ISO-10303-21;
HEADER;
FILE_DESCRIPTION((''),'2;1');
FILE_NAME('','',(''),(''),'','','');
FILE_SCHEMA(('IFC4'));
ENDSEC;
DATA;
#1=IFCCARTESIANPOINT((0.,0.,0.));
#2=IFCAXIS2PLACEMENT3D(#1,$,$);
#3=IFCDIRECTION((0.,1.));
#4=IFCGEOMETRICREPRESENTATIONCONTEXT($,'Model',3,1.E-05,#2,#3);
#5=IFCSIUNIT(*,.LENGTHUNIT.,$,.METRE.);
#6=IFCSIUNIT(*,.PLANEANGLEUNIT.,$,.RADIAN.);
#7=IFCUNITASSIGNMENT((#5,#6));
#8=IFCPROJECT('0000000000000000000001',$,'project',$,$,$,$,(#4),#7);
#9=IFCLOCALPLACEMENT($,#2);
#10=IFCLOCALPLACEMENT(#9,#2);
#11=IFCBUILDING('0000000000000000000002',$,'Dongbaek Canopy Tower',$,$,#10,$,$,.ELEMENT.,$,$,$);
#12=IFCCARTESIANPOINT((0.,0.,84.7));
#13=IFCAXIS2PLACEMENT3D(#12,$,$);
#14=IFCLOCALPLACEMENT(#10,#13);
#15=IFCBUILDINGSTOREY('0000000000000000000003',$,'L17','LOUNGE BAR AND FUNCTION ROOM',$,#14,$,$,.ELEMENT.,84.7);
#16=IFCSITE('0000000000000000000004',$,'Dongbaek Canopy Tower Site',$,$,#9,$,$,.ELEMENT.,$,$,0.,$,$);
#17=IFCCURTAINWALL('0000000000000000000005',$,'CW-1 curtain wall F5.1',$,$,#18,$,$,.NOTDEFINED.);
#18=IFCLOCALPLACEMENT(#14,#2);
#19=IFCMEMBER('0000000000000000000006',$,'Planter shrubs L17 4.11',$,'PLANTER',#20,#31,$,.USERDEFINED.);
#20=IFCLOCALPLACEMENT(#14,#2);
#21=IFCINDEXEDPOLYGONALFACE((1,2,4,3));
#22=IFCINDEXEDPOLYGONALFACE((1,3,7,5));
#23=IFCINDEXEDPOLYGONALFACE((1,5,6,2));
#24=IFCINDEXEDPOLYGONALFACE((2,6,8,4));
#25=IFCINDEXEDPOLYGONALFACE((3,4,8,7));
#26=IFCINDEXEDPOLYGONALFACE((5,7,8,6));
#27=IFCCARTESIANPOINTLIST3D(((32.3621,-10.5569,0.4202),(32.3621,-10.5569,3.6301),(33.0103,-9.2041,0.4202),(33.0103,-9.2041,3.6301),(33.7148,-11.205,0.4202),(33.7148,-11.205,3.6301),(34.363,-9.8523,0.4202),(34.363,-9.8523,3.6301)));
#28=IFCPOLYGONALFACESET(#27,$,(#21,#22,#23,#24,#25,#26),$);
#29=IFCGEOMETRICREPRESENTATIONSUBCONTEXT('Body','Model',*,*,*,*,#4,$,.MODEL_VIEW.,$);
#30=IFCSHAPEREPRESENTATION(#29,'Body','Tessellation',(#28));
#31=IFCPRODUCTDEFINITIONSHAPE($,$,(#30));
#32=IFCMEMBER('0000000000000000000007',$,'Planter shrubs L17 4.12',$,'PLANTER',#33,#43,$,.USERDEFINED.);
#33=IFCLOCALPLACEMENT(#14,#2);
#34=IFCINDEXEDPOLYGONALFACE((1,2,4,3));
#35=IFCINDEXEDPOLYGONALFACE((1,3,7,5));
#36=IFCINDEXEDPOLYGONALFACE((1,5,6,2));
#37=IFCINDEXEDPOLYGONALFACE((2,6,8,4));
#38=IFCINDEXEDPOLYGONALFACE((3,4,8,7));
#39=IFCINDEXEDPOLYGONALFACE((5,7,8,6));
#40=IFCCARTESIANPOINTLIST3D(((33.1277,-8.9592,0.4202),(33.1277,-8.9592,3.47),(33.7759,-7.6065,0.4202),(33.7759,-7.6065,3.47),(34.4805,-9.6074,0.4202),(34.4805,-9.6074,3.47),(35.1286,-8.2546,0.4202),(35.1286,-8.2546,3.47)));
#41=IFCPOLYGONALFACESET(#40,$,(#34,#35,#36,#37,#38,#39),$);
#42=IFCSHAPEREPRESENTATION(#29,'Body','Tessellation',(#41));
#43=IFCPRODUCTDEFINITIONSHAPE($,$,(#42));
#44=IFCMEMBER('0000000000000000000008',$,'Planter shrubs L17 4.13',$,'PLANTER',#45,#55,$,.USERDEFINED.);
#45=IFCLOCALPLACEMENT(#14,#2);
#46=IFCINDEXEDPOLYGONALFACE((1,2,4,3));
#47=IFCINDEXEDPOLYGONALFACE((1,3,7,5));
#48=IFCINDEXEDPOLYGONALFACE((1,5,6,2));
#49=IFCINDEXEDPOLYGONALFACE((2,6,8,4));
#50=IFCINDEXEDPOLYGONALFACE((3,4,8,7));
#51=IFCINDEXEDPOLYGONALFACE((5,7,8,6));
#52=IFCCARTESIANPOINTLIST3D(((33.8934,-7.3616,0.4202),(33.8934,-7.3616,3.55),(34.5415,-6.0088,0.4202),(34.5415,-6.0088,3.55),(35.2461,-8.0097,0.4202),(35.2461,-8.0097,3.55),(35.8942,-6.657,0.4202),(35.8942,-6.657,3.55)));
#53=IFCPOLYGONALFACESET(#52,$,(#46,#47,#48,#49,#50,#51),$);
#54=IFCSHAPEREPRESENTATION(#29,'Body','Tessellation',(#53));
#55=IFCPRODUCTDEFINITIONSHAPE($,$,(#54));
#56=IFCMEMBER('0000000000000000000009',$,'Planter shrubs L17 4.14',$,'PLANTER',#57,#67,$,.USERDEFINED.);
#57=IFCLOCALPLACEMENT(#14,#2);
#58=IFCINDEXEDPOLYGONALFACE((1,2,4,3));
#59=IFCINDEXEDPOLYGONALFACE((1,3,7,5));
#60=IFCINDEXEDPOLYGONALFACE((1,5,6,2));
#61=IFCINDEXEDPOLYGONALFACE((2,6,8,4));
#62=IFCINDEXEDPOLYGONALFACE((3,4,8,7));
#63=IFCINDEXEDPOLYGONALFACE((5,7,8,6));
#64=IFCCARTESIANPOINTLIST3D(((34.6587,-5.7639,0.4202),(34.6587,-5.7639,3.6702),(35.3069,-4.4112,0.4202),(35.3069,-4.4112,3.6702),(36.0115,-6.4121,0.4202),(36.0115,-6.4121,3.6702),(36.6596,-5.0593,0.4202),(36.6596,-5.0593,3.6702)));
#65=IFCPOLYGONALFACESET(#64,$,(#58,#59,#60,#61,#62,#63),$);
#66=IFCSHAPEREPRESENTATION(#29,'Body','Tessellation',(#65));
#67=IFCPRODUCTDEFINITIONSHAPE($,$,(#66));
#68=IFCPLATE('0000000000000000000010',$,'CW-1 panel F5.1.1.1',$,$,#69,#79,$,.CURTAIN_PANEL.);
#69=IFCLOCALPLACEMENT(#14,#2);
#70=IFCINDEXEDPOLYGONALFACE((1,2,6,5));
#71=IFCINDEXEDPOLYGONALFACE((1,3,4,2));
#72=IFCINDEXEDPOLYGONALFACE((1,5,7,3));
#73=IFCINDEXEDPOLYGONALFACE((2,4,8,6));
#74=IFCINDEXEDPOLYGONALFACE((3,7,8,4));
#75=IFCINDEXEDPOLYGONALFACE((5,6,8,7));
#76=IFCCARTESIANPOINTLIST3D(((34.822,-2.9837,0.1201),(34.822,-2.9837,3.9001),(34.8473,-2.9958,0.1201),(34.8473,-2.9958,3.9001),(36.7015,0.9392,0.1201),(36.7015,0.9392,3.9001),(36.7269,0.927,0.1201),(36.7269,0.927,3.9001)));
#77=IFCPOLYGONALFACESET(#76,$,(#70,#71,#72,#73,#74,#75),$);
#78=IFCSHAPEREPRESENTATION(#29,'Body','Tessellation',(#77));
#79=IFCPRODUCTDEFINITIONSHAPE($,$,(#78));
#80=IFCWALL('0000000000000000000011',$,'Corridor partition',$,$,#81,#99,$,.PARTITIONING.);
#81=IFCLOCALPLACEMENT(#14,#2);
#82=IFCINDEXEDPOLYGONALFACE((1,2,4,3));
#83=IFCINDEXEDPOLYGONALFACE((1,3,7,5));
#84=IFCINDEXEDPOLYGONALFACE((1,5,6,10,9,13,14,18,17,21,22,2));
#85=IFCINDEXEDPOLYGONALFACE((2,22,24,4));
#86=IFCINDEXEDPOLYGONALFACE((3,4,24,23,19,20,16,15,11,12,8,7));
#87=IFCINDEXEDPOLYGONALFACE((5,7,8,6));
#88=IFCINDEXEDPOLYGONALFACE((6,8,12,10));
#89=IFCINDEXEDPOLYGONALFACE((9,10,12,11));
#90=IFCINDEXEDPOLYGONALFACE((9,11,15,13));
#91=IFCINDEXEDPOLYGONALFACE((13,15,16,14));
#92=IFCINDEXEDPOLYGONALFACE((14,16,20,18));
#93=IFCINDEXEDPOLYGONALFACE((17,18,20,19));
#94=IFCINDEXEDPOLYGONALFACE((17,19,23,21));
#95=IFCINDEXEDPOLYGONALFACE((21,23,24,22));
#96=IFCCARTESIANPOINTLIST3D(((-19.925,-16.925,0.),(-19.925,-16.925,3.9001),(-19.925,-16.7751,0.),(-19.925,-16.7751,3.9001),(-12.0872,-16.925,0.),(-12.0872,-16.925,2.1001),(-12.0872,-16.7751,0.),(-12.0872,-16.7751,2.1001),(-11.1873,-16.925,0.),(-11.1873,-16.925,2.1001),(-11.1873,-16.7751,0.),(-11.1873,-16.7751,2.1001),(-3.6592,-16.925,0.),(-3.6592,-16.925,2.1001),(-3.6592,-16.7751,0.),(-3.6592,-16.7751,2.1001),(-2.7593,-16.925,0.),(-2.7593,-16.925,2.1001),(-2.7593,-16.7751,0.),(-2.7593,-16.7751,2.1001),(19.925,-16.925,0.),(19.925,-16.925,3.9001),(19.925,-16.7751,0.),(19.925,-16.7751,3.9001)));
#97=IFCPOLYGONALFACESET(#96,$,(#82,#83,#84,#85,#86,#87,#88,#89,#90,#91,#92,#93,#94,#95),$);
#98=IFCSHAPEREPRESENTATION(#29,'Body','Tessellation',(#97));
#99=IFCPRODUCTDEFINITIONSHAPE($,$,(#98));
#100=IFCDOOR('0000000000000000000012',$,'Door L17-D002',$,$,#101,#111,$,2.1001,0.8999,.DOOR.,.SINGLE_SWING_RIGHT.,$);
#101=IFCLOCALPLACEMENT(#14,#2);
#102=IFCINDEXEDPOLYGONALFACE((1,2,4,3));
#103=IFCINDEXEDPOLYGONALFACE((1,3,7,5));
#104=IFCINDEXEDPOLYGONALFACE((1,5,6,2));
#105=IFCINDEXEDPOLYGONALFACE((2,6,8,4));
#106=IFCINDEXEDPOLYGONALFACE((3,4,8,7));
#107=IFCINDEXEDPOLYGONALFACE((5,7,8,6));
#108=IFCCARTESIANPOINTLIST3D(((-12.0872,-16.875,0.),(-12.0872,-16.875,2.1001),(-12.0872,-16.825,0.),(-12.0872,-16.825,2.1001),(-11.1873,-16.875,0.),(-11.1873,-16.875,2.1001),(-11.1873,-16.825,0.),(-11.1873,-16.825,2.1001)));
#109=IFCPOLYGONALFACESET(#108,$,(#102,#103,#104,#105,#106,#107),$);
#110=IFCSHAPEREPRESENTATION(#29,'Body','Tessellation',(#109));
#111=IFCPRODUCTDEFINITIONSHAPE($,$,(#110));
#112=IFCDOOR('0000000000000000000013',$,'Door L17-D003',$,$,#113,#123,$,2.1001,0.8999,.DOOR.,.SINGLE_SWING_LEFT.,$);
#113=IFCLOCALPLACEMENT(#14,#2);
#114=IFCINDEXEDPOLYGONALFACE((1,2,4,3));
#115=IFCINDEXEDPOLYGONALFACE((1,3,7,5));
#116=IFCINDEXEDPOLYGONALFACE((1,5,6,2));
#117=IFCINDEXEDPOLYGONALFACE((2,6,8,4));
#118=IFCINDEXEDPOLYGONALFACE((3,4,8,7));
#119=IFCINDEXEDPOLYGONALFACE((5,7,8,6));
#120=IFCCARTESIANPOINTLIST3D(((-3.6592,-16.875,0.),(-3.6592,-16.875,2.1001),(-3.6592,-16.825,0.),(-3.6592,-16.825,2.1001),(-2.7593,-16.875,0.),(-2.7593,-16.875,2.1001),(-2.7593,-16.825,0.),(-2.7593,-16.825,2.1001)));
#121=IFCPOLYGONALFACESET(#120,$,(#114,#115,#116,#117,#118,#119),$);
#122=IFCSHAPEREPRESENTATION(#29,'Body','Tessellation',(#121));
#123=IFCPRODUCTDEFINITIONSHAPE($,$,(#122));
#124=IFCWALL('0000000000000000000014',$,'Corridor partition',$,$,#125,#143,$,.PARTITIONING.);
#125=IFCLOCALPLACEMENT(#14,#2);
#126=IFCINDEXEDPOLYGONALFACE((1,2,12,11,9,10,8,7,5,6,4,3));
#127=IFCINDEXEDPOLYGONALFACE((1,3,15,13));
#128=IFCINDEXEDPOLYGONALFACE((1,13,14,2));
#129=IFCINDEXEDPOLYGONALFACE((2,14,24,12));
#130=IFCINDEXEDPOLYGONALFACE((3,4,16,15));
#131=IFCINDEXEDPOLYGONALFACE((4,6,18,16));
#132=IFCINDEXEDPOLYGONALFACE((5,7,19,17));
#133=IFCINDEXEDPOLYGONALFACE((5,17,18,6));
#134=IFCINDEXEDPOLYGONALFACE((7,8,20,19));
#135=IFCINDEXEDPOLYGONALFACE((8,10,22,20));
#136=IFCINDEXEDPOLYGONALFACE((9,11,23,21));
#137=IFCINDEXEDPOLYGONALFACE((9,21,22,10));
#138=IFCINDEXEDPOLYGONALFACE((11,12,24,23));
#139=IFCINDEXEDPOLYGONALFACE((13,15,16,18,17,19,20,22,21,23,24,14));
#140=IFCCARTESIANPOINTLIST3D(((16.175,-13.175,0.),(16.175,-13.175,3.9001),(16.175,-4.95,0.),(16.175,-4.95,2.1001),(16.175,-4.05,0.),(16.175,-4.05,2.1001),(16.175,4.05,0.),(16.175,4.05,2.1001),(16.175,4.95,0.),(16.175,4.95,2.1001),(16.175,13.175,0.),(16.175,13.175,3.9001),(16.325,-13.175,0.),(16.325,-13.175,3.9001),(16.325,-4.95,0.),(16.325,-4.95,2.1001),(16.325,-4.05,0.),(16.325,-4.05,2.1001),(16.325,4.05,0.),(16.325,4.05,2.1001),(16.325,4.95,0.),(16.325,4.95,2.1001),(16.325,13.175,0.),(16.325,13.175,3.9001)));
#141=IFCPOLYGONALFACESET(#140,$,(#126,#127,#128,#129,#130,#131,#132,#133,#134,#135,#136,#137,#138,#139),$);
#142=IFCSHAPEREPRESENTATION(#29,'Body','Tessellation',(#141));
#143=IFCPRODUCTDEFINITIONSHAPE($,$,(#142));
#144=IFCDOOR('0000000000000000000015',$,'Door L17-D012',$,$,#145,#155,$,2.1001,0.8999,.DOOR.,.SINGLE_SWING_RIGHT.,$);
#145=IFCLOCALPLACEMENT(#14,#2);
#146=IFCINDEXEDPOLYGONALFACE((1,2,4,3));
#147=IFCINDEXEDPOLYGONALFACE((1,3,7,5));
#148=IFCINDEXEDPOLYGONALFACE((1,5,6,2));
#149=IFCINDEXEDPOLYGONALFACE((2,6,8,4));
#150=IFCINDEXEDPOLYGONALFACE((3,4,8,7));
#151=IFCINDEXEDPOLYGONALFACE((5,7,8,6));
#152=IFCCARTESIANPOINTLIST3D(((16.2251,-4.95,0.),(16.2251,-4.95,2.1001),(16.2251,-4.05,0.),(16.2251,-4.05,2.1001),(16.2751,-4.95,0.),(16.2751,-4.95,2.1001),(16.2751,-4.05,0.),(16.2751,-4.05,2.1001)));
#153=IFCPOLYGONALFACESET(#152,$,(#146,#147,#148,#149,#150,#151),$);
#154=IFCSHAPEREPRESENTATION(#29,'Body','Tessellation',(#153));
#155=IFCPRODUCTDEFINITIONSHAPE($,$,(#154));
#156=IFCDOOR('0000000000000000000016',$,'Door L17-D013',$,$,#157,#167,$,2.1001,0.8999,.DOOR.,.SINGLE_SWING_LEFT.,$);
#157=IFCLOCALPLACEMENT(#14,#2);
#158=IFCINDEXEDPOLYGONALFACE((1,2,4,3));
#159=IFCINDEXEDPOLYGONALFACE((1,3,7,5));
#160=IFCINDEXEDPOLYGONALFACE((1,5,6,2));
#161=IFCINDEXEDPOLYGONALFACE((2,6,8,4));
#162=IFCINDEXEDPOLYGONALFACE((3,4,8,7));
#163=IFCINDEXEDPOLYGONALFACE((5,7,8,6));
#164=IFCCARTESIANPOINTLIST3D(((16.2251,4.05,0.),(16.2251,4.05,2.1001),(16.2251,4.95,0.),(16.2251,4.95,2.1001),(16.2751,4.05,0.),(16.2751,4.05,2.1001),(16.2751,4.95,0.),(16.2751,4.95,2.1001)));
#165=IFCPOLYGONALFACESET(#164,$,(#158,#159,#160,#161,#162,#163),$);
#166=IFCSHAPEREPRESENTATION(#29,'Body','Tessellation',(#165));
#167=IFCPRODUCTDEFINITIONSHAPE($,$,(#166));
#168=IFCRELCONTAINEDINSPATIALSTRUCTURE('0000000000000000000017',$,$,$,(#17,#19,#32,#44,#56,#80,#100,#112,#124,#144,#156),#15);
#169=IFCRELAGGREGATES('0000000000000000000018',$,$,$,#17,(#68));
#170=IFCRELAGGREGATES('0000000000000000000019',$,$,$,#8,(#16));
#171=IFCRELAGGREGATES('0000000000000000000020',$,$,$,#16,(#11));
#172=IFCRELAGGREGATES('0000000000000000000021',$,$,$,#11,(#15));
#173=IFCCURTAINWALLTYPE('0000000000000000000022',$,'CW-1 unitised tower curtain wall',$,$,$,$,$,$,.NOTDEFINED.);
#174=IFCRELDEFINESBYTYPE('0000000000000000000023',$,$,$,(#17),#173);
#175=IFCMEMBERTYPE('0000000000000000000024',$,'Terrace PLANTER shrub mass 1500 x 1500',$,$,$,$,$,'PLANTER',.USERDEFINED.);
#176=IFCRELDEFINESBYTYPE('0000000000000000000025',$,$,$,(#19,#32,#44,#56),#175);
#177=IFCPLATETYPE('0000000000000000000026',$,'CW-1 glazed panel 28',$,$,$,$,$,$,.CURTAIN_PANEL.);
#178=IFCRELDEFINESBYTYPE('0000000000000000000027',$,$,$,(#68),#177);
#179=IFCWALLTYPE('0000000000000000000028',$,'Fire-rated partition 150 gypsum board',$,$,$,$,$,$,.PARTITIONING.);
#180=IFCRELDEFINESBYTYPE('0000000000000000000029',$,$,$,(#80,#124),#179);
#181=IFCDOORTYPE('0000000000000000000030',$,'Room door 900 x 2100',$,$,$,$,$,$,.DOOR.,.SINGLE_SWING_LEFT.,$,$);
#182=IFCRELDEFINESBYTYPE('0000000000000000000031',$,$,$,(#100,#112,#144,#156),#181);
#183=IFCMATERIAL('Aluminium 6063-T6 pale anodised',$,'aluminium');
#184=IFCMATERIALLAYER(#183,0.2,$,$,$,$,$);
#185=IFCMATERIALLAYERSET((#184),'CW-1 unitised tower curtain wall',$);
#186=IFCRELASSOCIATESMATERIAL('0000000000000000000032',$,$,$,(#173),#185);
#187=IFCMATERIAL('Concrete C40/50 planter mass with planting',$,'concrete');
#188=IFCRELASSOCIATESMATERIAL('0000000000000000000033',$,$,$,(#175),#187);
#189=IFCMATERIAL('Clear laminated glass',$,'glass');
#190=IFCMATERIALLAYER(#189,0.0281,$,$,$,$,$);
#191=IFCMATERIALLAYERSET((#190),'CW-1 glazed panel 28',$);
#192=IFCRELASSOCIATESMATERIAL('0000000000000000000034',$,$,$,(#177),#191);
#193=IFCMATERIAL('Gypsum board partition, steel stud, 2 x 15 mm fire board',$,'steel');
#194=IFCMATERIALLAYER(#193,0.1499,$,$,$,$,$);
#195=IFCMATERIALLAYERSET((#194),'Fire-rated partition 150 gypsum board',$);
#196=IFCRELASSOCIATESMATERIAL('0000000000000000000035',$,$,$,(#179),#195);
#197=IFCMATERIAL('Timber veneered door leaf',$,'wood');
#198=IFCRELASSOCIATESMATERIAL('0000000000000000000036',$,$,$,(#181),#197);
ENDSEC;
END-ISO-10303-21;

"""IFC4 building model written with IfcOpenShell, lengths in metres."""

from ifc_helpers import new_model, si_unit, direction, frame, frame_2d, origin, origin_2d, place, context, subcontext, project, spatial, rectangle, extrude, material, layer, layer_set, material_profile, profile_set, type_object, element, fill, aggregate, save


model = new_model("IFC4")

# Units and contexts
model_context = context("Model", 3, precision=1e-05, world=origin(), true_north=direction((0.0, 1.0)))
body_context = subcontext(model_context, "Body", "Model", "MODEL_VIEW")
ifc_project = project(units=[si_unit("LENGTHUNIT", "METRE"), si_unit("PLANEANGLEUNIT", "RADIAN")], contexts=[model_context])

# Site, building, storey
site_placement = place(None, origin())
site = spatial("IfcSite", under=ifc_project, at=site_placement, Name="Dongbaek Canopy Tower Site", CompositionType="ELEMENT", RefElevation=0.0)
building_placement = place(site_placement, origin())
building = spatial("IfcBuilding", under=site, at=building_placement, Name="Dongbaek Canopy Tower", CompositionType="ELEMENT")
storey_placement = place(building_placement, frame((0.0, 0.0, 84.7)))
storey = spatial("IfcBuildingStorey", under=building, at=storey_placement, Name="L17", Description="LOUNGE BAR AND FUNCTION ROOM", CompositionType="ELEMENT", Elevation=84.7)

# Curtain wall
ifc_material_1 = material(Name="Aluminium 6063-T6 pale anodised", Category="aluminium")
ifc_layer_1 = layer(ifc_material_1, 0.2)
ifc_layer_set_1 = layer_set([ifc_layer_1], Name="CW-1 unitised tower curtain wall")
curtain_wall_type = type_object("IfcCurtainWallType", Name="CW-1 unitised tower curtain wall", PredefinedType="NOTDEFINED", material=ifc_layer_set_1)
curtain_wall_placement = place(storey_placement, origin())
curtain_wall = element("IfcCurtainWall", 1, at=curtain_wall_placement, inside=storey, type_object=curtain_wall_type, Name="CW-1 curtain wall F5.1", PredefinedType="NOTDEFINED")

# Members
ifc_material_2 = material(Name="Concrete C40/50 planter mass with planting", Category="concrete")
ifc_material_profile_1 = material_profile(ifc_material_2, rectangle(XDim=1.5, YDim=1.5, at=origin_2d()), Name="Terrace PLANTER shrub mass 1500 x 1500")
ifc_profile_set_1 = profile_set([ifc_material_profile_1], Name="Concrete C40/50 planter mass with planting")
member_type_1 = type_object("IfcMemberType", Name="Terrace PLANTER shrub mass 1500 x 1500", ElementType="PLANTER", PredefinedType="USERDEFINED", material=ifc_profile_set_1)
member_1_placement = place(storey_placement, frame((33.3625, -10.2046, 0.4202), z_axis=(0.0, 0.0, 1.0), x_axis=(0.901828, -0.432096, 0.0)))
element("IfcMember", 2, at=member_1_placement, inside=storey, type_object=member_type_1, Name="Planter shrubs L17 4.11", ObjectType="PLANTER", PredefinedType="USERDEFINED", context=body_context, shape_type="SweptSolid", body=[
    extrude(rectangle(XDim=1.5, YDim=1.5, at=origin_2d()), origin(), (0.0, 0.0, 1.0), 3.21),
])
member_2_placement = place(storey_placement, frame((34.1282, -8.6069, 0.4202), z_axis=(0.0, 0.0, 1.0), x_axis=(0.901828, -0.432096, 0.0)))
element("IfcMember", 3, at=member_2_placement, inside=storey, type_object=member_type_1, Name="Planter shrubs L17 4.12", ObjectType="PLANTER", PredefinedType="USERDEFINED", context=body_context, shape_type="SweptSolid", body=[
    extrude(rectangle(XDim=1.5, YDim=1.5, at=origin_2d()), origin(), (0.0, 0.0, 1.0), 3.0498),
])
member_3_placement = place(storey_placement, frame((34.8938, -7.0093, 0.4202), z_axis=(0.0, 0.0, 1.0), x_axis=(0.901828, -0.432096, 0.0)))
element("IfcMember", 4, at=member_3_placement, inside=storey, type_object=member_type_1, Name="Planter shrubs L17 4.13", ObjectType="PLANTER", PredefinedType="USERDEFINED", context=body_context, shape_type="SweptSolid", body=[
    extrude(rectangle(XDim=1.5, YDim=1.5, at=origin_2d()), origin(), (0.0, 0.0, 1.0), 3.1299),
])
member_4_placement = place(storey_placement, frame((35.6592, -5.4116, 0.4202), z_axis=(0.0, 0.0, 1.0), x_axis=(0.901828, -0.432096, 0.0)))
element("IfcMember", 5, at=member_4_placement, inside=storey, type_object=member_type_1, Name="Planter shrubs L17 4.14", ObjectType="PLANTER", PredefinedType="USERDEFINED", context=body_context, shape_type="SweptSolid", body=[
    extrude(rectangle(XDim=1.5, YDim=1.5, at=origin_2d()), origin(), (0.0, 0.0, 1.0), 3.25),
])

# Plate
ifc_material_3 = material(Name="Clear laminated glass", Category="glass")
ifc_layer_2 = layer(ifc_material_3, 0.0281)
ifc_layer_set_2 = layer_set([ifc_layer_2], Name="CW-1 glazed panel 28")
plate_type = type_object("IfcPlateType", Name="CW-1 glazed panel 28", PredefinedType="CURTAIN_PANEL", material=ifc_layer_set_2)
plate_placement = place(storey_placement, frame((35.7744, -1.0283, 0.1201), z_axis=(0.0, 0.0, 1.0), x_axis=(0.432096, 0.901828, 0.0)))
plate = element("IfcPlate", 6, at=plate_placement, type_object=plate_type, Name="CW-1 panel F5.1.1.1", PredefinedType="CURTAIN_PANEL", context=body_context, shape_type="SweptSolid", body=[
    extrude(rectangle(XDim=4.3499, YDim=0.0281, at=origin_2d()), origin(), (0.0, 0.0, 1.0), 3.78),
])
aggregate(curtain_wall, [plate])

# Walls, openings, doors
ifc_material_4 = material(Name="Gypsum board partition, steel stud, 2 x 15 mm fire board", Category="steel")
ifc_layer_3 = layer(ifc_material_4, 0.1499)
ifc_layer_set_3 = layer_set([ifc_layer_3], Name="Fire-rated partition 150 gypsum board")
wall_type_1 = type_object("IfcWallType", Name="Fire-rated partition 150 gypsum board", PredefinedType="PARTITIONING", material=ifc_layer_set_3)
wall_1_placement = place(storey_placement, frame((19.925, -16.8501, 0.0), z_axis=(0.0, 0.0, 1.0), x_axis=(-1.0, 0.0, 0.0)))
wall_1 = element("IfcWall", 7, at=wall_1_placement, inside=storey, type_object=wall_type_1, Name="Corridor partition", PredefinedType="PARTITIONING", context=body_context, shape_type="SweptSolid", body=[
    extrude(rectangle(XDim=39.8501, YDim=0.1499, at=frame_2d((19.925, 0.0))), origin(), (0.0, 0.0, 1.0), 3.9001),
])
opening_1_placement = place(wall_1_placement, frame((31.1123, 0.0, 0.0)))
opening_1 = element("IfcOpeningElement", 8, at=opening_1_placement, cuts=wall_1, PredefinedType="OPENING", context=body_context, shape_type="SweptSolid", body=[
    extrude(rectangle(XDim=0.8999, YDim=2.1001, at=frame_2d((0.45, 1.05))), frame((0.0, 0.085, 0.0), z_axis=(0.0, -1.0, 0.0), x_axis=(1.0, 0.0, 0.0)), (0.0, 0.0, 1.0), 0.1699),
])
opening_2_placement = place(wall_1_placement, frame((22.6843, 0.0, 0.0)))
opening_2 = element("IfcOpeningElement", 9, at=opening_2_placement, cuts=wall_1, PredefinedType="OPENING", context=body_context, shape_type="SweptSolid", body=[
    extrude(rectangle(XDim=0.8999, YDim=2.1001, at=frame_2d((0.45, 1.05))), frame((0.0, 0.085, 0.0), z_axis=(0.0, -1.0, 0.0), x_axis=(1.0, 0.0, 0.0)), (0.0, 0.0, 1.0), 0.1699),
])
ifc_material_5 = material(Name="Timber veneered door leaf", Category="wood")
door_type = type_object("IfcDoorType", Name="Room door 900 x 2100", OperationType="SINGLE_SWING_LEFT", PredefinedType="DOOR", material=ifc_material_5)
door_1_placement = place(opening_1_placement, origin())
door_1 = element("IfcDoor", 10, at=door_1_placement, inside=storey, type_object=door_type, Name="Door L17-D002", OperationType="SINGLE_SWING_RIGHT", OverallHeight=2.1001, OverallWidth=0.8999, PredefinedType="DOOR", context=body_context, shape_type="SweptSolid", body=[
    extrude(rectangle(XDim=0.8999, YDim=2.1001, at=frame_2d((0.45, 1.05))), frame((0.0, 0.0249, 0.0), z_axis=(0.0, -1.0, 0.0), x_axis=(1.0, 0.0, 0.0)), (0.0, 0.0, 1.0), 0.05),
])
fill(opening_1, door_1)
door_2_placement = place(opening_2_placement, origin())
door_2 = element("IfcDoor", 11, at=door_2_placement, inside=storey, type_object=door_type, Name="Door L17-D003", OperationType="SINGLE_SWING_LEFT", OverallHeight=2.1001, OverallWidth=0.8999, PredefinedType="DOOR", context=body_context, shape_type="SweptSolid", body=[
    extrude(rectangle(XDim=0.8999, YDim=2.1001, at=frame_2d((0.45, 1.05))), frame((0.0, 0.0249, 0.0), z_axis=(0.0, -1.0, 0.0), x_axis=(1.0, 0.0, 0.0)), (0.0, 0.0, 1.0), 0.05),
])
fill(opening_2, door_2)
wall_2_placement = place(storey_placement, frame((16.25, -13.175, 0.0), z_axis=(0.0, 0.0, 1.0), x_axis=(0.0, 1.0, 0.0)))
wall_2 = element("IfcWall", 12, at=wall_2_placement, inside=storey, type_object=wall_type_1, Name="Corridor partition", PredefinedType="PARTITIONING", context=body_context, shape_type="SweptSolid", body=[
    extrude(rectangle(XDim=26.3501, YDim=0.1499, at=frame_2d((13.175, 0.0))), origin(), (0.0, 0.0, 1.0), 3.9001),
])
opening_3_placement = place(wall_2_placement, frame((8.2251, 0.0, 0.0)))
opening_3 = element("IfcOpeningElement", 13, at=opening_3_placement, cuts=wall_2, PredefinedType="OPENING", context=body_context, shape_type="SweptSolid", body=[
    extrude(rectangle(XDim=0.8999, YDim=2.1001, at=frame_2d((0.45, 1.05))), frame((0.0, 0.085, 0.0), z_axis=(0.0, -1.0, 0.0), x_axis=(1.0, 0.0, 0.0)), (0.0, 0.0, 1.0), 0.1699),
])
opening_4_placement = place(wall_2_placement, frame((17.2251, 0.0, 0.0)))
opening_4 = element("IfcOpeningElement", 14, at=opening_4_placement, cuts=wall_2, PredefinedType="OPENING", context=body_context, shape_type="SweptSolid", body=[
    extrude(rectangle(XDim=0.8999, YDim=2.1001, at=frame_2d((0.45, 1.05))), frame((0.0, 0.085, 0.0), z_axis=(0.0, -1.0, 0.0), x_axis=(1.0, 0.0, 0.0)), (0.0, 0.0, 1.0), 0.1699),
])
door_3_placement = place(opening_3_placement, origin())
door_3 = element("IfcDoor", 15, at=door_3_placement, inside=storey, type_object=door_type, Name="Door L17-D012", OperationType="SINGLE_SWING_RIGHT", OverallHeight=2.1001, OverallWidth=0.8999, PredefinedType="DOOR", context=body_context, shape_type="SweptSolid", body=[
    extrude(rectangle(XDim=0.8999, YDim=2.1001, at=frame_2d((0.45, 1.05))), frame((0.0, 0.0249, 0.0), z_axis=(0.0, -1.0, 0.0), x_axis=(1.0, 0.0, 0.0)), (0.0, 0.0, 1.0), 0.05),
])
fill(opening_3, door_3)
door_4_placement = place(opening_4_placement, origin())
door_4 = element("IfcDoor", 16, at=door_4_placement, inside=storey, type_object=door_type, Name="Door L17-D013", OperationType="SINGLE_SWING_LEFT", OverallHeight=2.1001, OverallWidth=0.8999, PredefinedType="DOOR", context=body_context, shape_type="SweptSolid", body=[
    extrude(rectangle(XDim=0.8999, YDim=2.1001, at=frame_2d((0.45, 1.05))), frame((0.0, 0.0249, 0.0), z_axis=(0.0, -1.0, 0.0), x_axis=(1.0, 0.0, 0.0)), (0.0, 0.0, 1.0), 0.05),
])
fill(opening_4, door_4)

save(model, "model.ifc")
